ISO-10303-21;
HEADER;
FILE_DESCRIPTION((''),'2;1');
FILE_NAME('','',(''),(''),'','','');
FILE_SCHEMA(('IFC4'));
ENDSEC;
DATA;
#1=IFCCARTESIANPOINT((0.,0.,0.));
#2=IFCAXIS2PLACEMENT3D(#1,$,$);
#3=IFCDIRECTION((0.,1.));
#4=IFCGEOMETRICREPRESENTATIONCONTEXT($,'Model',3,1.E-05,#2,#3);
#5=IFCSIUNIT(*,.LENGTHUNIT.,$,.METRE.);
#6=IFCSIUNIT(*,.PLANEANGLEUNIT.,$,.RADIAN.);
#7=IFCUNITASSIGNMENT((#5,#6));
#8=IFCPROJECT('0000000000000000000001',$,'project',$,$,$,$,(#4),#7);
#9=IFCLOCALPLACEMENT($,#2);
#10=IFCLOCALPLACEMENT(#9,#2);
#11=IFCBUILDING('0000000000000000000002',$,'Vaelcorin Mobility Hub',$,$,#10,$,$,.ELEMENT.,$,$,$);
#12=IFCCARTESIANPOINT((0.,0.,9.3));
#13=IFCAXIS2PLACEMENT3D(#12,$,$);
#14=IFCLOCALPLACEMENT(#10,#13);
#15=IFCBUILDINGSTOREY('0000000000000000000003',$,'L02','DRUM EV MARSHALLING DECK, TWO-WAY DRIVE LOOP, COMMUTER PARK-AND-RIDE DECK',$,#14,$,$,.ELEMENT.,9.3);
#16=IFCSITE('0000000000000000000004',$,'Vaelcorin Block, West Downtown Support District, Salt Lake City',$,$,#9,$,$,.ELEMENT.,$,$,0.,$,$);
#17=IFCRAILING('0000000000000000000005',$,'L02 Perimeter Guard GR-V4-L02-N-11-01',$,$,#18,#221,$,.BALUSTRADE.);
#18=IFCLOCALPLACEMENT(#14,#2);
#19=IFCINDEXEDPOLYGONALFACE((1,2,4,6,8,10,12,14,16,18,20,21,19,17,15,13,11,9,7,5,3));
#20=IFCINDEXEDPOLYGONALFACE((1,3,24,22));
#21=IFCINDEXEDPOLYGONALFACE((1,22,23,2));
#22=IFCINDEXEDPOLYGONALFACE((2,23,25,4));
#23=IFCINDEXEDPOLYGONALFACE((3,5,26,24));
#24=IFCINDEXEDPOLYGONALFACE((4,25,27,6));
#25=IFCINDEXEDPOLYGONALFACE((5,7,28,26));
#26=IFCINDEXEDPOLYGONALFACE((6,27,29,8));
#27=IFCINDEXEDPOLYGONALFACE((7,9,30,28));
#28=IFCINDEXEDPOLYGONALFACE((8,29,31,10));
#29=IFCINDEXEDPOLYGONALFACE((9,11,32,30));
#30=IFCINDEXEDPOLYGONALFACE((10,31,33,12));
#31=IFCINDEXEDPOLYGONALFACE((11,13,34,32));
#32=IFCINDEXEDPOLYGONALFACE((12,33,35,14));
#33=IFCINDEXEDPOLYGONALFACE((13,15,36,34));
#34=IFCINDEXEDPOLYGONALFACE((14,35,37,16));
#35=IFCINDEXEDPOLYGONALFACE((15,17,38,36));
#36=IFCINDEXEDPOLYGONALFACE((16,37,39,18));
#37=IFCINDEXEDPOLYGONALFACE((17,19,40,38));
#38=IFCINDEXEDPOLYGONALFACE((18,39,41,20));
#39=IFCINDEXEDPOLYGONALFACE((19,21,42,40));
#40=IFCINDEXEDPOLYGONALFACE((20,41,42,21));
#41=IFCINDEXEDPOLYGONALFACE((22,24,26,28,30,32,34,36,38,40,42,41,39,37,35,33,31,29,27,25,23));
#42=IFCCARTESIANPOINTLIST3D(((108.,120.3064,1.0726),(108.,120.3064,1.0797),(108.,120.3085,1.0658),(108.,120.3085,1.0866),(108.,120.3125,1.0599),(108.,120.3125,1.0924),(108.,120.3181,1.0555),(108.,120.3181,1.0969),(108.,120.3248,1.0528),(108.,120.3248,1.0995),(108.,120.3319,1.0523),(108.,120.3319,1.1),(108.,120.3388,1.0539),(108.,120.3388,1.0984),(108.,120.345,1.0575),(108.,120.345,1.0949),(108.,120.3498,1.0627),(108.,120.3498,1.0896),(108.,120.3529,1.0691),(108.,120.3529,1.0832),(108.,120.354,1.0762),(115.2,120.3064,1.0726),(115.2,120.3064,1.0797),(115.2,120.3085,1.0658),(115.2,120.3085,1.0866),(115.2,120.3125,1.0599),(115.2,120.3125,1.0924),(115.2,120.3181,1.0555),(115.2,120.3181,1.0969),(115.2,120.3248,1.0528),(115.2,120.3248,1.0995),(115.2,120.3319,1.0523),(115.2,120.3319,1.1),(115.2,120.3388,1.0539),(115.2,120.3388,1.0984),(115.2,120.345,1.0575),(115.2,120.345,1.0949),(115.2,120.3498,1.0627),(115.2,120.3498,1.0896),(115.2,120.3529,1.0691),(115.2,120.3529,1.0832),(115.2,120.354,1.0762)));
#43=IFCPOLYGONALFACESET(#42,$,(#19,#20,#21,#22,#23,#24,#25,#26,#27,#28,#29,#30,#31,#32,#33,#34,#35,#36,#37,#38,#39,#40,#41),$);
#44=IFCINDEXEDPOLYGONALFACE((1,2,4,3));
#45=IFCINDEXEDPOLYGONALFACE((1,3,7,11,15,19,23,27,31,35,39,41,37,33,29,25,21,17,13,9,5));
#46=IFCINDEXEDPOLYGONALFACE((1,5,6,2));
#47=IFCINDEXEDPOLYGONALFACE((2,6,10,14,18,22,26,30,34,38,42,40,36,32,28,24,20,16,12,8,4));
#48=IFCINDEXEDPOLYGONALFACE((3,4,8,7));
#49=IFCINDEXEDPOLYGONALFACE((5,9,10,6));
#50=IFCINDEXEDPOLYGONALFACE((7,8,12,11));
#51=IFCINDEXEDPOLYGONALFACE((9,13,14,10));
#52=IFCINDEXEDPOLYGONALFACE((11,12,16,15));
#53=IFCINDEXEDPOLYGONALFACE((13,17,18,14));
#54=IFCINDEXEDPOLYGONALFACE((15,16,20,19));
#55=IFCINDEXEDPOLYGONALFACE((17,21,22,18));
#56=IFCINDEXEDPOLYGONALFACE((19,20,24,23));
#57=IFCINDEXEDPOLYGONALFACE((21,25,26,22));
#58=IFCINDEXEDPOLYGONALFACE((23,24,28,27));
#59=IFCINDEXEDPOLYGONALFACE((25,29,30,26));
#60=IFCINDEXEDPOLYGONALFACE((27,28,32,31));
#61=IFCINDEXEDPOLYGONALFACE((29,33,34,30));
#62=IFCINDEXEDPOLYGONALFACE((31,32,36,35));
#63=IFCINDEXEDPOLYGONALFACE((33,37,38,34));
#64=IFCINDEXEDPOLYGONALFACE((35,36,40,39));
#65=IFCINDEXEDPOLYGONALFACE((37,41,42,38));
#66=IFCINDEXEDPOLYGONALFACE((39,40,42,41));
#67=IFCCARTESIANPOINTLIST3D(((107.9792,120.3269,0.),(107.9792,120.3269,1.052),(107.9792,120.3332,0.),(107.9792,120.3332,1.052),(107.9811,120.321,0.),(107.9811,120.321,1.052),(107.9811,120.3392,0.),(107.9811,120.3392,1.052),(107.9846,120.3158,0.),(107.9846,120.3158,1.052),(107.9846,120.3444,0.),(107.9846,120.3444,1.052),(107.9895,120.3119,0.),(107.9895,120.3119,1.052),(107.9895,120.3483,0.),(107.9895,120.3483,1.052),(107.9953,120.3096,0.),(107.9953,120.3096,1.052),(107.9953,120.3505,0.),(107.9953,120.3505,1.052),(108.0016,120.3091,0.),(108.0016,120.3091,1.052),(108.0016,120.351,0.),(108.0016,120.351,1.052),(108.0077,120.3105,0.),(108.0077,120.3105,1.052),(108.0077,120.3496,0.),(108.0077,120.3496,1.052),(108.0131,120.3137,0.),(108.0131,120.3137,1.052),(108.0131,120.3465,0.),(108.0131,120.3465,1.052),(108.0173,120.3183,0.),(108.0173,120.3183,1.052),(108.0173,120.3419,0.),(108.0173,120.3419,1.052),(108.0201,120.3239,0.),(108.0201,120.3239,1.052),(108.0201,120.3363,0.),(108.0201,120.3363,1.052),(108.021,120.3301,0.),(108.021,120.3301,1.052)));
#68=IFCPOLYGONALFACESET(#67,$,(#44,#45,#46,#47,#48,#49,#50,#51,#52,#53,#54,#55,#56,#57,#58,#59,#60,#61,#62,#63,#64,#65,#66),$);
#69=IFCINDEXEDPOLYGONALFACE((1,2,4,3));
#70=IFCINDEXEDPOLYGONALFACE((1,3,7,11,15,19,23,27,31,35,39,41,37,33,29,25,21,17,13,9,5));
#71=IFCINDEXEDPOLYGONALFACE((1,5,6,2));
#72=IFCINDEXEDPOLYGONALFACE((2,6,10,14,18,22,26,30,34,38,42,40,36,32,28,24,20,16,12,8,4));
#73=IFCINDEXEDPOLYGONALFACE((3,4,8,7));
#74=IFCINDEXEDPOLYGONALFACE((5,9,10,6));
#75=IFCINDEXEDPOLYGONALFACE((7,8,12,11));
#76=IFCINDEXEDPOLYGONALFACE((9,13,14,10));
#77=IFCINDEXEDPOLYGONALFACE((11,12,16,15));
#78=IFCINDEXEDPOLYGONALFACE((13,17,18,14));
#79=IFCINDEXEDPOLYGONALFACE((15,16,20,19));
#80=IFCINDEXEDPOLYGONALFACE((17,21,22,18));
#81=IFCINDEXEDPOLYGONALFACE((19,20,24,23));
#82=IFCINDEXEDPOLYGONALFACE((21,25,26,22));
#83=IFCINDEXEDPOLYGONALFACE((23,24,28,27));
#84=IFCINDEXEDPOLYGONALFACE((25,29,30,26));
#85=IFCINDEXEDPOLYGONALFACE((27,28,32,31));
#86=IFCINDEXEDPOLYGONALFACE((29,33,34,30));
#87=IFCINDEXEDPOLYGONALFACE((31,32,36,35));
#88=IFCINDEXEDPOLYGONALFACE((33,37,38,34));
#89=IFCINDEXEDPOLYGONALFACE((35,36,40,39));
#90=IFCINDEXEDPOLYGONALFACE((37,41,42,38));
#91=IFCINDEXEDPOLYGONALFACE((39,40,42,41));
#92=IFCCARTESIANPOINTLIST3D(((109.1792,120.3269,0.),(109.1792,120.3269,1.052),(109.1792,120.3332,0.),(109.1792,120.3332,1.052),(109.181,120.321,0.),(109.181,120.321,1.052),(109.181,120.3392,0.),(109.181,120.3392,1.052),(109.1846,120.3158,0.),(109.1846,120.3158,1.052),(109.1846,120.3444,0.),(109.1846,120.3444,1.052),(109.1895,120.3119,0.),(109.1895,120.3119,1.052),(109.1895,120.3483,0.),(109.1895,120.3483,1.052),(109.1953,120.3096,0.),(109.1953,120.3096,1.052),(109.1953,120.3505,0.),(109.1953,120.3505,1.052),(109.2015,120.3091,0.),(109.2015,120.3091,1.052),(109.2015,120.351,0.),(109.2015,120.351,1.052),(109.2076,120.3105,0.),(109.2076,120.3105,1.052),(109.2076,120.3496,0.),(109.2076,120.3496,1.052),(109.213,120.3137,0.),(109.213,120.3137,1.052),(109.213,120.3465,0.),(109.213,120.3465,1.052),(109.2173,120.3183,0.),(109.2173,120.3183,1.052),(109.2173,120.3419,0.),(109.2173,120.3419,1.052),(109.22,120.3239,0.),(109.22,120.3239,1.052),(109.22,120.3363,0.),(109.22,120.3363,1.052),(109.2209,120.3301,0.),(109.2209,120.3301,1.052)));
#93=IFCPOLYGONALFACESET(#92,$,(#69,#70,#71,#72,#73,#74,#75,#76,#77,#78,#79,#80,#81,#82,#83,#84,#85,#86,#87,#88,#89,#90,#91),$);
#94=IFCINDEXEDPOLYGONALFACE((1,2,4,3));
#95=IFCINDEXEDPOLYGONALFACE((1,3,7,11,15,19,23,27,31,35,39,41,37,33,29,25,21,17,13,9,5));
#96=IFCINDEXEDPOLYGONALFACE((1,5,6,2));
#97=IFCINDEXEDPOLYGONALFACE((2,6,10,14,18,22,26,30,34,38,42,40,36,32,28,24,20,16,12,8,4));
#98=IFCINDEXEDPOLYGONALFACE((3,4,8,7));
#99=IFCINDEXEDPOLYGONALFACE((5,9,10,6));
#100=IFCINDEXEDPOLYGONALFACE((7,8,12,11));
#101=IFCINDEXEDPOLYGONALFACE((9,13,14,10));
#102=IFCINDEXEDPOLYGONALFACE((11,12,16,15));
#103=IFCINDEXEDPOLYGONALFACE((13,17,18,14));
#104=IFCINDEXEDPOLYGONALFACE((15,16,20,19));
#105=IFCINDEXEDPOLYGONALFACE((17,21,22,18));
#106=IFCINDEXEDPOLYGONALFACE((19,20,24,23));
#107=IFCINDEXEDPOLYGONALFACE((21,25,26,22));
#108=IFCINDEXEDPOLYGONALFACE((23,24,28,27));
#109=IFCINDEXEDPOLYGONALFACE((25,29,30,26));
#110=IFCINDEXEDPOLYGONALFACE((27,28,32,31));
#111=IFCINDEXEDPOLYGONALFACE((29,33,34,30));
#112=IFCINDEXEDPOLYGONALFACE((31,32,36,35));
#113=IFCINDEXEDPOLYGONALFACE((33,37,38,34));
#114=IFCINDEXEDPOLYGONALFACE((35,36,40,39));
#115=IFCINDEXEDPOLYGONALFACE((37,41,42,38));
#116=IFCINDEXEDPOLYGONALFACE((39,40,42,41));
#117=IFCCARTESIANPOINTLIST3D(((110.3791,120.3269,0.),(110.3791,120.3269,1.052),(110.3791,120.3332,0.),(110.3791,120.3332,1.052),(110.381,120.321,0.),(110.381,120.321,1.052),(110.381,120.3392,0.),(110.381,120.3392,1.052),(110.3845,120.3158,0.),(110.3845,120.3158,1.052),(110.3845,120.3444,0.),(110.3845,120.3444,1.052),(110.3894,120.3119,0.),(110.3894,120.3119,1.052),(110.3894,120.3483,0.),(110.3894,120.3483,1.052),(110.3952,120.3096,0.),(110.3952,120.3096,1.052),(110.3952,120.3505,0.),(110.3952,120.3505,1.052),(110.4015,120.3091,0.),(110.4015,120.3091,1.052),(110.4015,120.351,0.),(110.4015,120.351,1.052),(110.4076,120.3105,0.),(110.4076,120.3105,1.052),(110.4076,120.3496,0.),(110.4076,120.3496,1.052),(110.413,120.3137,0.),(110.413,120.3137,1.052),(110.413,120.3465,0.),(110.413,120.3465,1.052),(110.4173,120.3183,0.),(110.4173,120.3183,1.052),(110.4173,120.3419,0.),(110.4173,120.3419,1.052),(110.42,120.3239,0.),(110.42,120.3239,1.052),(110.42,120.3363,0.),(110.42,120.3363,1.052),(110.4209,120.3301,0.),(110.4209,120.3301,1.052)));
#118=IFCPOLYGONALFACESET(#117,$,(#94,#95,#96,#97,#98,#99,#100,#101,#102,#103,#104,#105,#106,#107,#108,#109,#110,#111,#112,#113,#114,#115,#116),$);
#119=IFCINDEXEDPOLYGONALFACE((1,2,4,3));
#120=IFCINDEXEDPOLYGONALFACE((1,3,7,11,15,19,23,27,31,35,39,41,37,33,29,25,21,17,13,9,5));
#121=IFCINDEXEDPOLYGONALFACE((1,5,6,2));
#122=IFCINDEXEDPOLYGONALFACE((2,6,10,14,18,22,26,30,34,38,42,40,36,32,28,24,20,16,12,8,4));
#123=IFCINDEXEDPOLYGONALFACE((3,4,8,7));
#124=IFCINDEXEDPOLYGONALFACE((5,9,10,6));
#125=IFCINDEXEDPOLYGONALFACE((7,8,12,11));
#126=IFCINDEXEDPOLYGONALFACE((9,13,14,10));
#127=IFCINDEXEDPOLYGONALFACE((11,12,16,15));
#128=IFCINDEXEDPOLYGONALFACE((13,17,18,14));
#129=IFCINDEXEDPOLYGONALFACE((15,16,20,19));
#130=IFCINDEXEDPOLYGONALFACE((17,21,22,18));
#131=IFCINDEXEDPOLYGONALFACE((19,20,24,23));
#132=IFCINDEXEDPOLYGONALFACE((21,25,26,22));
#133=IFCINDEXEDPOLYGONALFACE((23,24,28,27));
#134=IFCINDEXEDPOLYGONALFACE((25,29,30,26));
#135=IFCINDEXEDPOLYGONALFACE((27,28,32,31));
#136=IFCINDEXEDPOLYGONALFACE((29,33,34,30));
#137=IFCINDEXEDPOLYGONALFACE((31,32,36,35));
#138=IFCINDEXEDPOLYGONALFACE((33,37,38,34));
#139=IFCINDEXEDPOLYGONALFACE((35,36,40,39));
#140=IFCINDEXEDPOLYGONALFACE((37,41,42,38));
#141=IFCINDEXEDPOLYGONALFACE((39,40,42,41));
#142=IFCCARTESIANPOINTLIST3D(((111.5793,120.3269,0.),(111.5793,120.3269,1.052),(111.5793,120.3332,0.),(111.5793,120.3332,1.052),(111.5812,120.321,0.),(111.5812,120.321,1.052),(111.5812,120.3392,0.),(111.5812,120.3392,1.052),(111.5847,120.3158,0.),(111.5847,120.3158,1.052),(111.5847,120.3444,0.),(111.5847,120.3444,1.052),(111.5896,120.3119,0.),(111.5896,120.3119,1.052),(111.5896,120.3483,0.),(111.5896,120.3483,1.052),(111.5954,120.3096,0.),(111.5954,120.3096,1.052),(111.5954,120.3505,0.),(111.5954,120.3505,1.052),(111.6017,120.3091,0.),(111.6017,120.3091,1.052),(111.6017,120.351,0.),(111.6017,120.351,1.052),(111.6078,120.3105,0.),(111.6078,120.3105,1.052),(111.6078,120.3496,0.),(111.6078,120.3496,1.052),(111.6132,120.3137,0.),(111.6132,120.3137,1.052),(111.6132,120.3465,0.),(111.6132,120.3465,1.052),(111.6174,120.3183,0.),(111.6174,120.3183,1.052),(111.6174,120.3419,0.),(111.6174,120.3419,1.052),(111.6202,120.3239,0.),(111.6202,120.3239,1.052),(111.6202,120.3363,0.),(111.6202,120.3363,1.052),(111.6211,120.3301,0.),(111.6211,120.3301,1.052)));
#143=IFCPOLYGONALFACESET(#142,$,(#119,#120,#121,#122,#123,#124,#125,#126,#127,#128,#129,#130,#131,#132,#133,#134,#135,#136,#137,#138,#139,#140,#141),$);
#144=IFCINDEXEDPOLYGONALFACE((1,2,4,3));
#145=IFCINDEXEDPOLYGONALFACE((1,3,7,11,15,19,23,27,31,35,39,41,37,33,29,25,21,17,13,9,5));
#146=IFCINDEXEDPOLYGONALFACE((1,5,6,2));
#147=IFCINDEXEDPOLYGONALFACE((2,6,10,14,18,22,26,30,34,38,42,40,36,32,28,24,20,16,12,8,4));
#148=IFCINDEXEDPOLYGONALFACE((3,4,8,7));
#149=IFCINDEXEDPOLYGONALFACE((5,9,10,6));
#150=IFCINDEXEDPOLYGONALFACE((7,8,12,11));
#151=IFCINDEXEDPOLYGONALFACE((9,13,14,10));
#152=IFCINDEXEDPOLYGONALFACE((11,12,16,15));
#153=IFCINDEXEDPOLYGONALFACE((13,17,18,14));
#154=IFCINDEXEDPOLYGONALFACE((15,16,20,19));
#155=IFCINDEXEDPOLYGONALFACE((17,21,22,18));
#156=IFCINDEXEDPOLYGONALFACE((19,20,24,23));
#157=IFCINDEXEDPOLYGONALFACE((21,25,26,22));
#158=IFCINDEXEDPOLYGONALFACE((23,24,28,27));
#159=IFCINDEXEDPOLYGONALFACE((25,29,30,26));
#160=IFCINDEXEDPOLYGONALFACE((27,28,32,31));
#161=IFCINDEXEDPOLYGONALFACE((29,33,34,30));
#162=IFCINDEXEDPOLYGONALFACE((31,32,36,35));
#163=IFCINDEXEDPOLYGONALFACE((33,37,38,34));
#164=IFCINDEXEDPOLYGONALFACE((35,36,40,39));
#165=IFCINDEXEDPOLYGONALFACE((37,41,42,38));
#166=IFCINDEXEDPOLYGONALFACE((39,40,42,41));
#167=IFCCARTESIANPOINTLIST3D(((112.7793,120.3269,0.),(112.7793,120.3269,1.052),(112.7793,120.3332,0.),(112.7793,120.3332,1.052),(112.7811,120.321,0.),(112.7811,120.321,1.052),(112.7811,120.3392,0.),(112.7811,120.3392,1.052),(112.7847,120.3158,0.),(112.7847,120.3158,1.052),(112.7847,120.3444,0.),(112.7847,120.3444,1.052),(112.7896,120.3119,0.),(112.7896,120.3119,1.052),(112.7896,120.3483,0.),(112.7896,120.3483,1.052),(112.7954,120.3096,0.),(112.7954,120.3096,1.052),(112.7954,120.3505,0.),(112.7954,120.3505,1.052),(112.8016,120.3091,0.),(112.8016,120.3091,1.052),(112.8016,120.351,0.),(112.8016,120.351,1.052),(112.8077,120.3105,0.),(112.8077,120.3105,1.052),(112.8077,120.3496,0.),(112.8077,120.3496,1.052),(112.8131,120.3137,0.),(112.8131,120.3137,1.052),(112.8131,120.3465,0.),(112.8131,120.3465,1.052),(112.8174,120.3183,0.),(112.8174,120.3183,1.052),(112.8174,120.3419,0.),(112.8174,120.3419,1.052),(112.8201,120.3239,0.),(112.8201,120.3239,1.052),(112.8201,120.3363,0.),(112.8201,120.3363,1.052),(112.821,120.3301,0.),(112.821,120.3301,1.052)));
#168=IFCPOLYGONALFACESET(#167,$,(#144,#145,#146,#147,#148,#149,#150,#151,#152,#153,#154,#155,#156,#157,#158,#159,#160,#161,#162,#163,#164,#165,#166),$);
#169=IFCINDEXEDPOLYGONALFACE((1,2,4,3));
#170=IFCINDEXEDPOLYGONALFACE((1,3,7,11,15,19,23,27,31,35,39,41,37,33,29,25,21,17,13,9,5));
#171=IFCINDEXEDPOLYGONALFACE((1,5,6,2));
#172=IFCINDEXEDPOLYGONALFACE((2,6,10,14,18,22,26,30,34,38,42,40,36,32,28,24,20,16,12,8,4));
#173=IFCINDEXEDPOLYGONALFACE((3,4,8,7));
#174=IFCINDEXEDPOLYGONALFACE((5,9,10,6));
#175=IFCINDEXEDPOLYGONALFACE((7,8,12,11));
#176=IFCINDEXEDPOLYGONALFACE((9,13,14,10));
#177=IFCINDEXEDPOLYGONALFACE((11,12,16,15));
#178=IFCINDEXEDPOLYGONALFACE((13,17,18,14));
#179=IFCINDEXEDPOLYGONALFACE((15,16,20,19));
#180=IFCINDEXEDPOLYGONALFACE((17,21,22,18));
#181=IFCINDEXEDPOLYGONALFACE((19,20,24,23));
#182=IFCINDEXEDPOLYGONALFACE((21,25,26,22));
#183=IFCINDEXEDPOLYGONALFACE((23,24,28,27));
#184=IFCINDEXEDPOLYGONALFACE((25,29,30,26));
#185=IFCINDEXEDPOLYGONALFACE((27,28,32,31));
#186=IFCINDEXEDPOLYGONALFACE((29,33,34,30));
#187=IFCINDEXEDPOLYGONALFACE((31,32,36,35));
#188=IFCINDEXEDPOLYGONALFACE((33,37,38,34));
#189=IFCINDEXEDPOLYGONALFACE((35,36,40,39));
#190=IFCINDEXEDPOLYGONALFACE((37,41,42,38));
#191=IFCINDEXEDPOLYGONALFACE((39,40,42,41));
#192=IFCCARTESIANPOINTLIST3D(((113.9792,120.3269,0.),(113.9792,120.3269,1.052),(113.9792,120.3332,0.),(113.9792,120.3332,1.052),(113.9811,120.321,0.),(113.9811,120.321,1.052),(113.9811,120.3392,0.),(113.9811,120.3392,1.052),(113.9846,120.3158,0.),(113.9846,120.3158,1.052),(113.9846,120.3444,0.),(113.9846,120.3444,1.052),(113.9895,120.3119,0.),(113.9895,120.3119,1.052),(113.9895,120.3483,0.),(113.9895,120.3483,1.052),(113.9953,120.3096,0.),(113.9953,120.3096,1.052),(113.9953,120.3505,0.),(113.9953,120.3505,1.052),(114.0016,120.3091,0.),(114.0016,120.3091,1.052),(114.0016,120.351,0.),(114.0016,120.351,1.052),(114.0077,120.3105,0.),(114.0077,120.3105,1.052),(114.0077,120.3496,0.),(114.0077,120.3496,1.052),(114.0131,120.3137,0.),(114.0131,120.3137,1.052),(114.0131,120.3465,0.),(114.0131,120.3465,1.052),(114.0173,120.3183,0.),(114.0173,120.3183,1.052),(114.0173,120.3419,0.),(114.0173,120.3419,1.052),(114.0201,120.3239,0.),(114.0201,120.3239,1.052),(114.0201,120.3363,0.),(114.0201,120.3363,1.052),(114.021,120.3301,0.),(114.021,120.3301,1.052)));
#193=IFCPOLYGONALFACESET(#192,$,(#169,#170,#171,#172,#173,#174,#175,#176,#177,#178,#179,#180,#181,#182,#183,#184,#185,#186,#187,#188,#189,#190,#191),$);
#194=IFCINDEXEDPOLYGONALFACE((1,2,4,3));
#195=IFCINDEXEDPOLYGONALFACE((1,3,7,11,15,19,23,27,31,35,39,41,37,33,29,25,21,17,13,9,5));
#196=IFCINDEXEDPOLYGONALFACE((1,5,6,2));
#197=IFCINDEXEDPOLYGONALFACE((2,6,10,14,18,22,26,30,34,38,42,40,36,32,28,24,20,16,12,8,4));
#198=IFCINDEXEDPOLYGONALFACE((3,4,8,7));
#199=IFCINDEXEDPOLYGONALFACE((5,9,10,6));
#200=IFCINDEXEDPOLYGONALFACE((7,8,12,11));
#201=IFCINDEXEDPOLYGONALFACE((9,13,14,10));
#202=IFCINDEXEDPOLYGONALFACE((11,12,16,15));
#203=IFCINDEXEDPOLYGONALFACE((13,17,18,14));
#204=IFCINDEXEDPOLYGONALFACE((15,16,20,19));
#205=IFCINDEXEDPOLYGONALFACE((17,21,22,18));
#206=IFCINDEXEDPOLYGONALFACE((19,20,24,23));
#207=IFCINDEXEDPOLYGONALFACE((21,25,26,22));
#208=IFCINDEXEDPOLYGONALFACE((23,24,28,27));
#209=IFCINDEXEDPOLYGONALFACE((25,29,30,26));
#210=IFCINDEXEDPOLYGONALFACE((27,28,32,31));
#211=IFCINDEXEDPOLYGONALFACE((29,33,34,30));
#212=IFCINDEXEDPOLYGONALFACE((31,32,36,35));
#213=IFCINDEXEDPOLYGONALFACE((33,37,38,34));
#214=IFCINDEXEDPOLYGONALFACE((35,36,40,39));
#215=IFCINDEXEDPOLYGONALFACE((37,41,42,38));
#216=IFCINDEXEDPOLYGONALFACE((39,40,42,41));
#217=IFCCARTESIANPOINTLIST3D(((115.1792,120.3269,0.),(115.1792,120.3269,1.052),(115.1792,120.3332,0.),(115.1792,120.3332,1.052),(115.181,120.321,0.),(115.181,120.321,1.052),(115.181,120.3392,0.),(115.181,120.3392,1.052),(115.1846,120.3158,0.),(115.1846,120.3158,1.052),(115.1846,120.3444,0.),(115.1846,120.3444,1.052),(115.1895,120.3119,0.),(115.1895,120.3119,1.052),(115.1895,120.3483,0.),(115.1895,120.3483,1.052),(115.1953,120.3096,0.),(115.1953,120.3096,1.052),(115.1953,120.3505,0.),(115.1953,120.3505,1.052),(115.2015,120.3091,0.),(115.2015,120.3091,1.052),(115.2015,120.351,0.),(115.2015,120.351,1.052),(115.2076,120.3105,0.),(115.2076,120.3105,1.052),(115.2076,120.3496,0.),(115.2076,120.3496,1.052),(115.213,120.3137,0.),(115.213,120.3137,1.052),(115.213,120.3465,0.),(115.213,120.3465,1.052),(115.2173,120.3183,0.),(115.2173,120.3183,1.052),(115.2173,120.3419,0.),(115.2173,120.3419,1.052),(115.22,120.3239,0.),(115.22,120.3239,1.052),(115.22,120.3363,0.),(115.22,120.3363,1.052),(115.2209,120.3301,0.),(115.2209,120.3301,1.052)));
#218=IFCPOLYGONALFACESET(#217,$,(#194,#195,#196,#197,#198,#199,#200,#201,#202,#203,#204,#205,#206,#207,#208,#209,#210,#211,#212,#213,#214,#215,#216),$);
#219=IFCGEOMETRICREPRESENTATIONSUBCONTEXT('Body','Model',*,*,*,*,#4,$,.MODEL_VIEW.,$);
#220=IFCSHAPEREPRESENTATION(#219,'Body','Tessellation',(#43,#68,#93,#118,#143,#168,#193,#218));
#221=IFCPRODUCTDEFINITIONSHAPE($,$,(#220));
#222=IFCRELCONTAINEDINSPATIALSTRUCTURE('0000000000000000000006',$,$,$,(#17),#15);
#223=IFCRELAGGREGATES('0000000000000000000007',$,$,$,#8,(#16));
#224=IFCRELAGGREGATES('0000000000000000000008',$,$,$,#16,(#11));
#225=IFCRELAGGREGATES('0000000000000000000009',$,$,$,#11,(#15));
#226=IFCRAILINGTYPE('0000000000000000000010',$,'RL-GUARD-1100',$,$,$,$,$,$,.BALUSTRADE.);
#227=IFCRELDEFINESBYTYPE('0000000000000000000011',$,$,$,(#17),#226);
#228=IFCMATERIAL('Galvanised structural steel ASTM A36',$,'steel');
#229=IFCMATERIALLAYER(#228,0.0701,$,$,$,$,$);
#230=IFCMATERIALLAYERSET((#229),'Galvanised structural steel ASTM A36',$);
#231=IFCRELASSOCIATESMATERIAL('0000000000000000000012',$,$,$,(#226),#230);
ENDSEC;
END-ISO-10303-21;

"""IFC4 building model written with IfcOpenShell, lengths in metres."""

from ifc_helpers import new_model, si_unit, direction, frame, origin, origin_2d, place, context, subcontext, project, spatial, circle, extrude, material, layer, layer_set, type_object, element, save


model = new_model("IFC4")

# Units and contexts
model_context = context("Model", 3, precision=1e-05, world=origin(), true_north=direction((0.0, 1.0)))
body_context = subcontext(model_context, "Body", "Model", "MODEL_VIEW")
ifc_project = project(units=[si_unit("LENGTHUNIT", "METRE"), si_unit("PLANEANGLEUNIT", "RADIAN")], contexts=[model_context])

# Site, building, storey
site_placement = place(None, origin())
site = spatial("IfcSite", under=ifc_project, at=site_placement, Name="Vaelcorin Block, West Downtown Support District, Salt Lake City", CompositionType="ELEMENT", RefElevation=0.0)
building_placement = place(site_placement, origin())
building = spatial("IfcBuilding", under=site, at=building_placement, Name="Vaelcorin Mobility Hub", CompositionType="ELEMENT")
storey_placement = place(building_placement, frame((0.0, 0.0, 9.3)))
storey = spatial("IfcBuildingStorey", under=building, at=storey_placement, Name="L02", Description="DRUM EV MARSHALLING DECK, TWO-WAY DRIVE LOOP, COMMUTER PARK-AND-RIDE DECK", CompositionType="ELEMENT", Elevation=9.3)

# Railing
ifc_material_1 = material(Name="Galvanised structural steel ASTM A36", Category="steel")
ifc_layer_1 = layer(ifc_material_1, 0.0701)
ifc_layer_set_1 = layer_set([ifc_layer_1], Name="Galvanised structural steel ASTM A36")
railing_type_1 = type_object("IfcRailingType", Name="RL-GUARD-1100", PredefinedType="BALUSTRADE", material=ifc_layer_set_1)
railing_1_placement = place(storey_placement, frame((108.0, 120.3301, 0.0)))
element("IfcRailing", 1, at=railing_1_placement, inside=storey, type_object=railing_type_1, Name="L02 Perimeter Guard GR-V4-L02-N-11-01", PredefinedType="BALUSTRADE", context=body_context, shape_type="SweptSolid", body=[
    extrude(circle(Radius=0.0239, at=origin_2d()), frame((0.0, 0.0, 1.0762), z_axis=(1.0, 0.0, 0.0), x_axis=(0.0, 1.0, 0.0)), (0.0, 0.0, 1.0), 7.2),
    extrude(circle(Radius=0.021, at=origin_2d()), origin(), (0.0, 0.0, 1.0), 1.052),
    extrude(circle(Radius=0.021, at=origin_2d()), frame((1.2, 0.0, 0.0)), (0.0, 0.0, 1.0), 1.052),
    extrude(circle(Radius=0.021, at=origin_2d()), frame((2.3999, 0.0, 0.0)), (0.0, 0.0, 1.0), 1.052),
    extrude(circle(Radius=0.021, at=origin_2d()), frame((3.6001, 0.0, 0.0)), (0.0, 0.0, 1.0), 1.052),
    extrude(circle(Radius=0.021, at=origin_2d()), frame((4.8, 0.0, 0.0)), (0.0, 0.0, 1.0), 1.052),
    extrude(circle(Radius=0.021, at=origin_2d()), frame((6.0, 0.0, 0.0)), (0.0, 0.0, 1.0), 1.052),
    extrude(circle(Radius=0.021, at=origin_2d()), frame((7.2, 0.0, 0.0)), (0.0, 0.0, 1.0), 1.052),
])

save(model, "model.ifc")
